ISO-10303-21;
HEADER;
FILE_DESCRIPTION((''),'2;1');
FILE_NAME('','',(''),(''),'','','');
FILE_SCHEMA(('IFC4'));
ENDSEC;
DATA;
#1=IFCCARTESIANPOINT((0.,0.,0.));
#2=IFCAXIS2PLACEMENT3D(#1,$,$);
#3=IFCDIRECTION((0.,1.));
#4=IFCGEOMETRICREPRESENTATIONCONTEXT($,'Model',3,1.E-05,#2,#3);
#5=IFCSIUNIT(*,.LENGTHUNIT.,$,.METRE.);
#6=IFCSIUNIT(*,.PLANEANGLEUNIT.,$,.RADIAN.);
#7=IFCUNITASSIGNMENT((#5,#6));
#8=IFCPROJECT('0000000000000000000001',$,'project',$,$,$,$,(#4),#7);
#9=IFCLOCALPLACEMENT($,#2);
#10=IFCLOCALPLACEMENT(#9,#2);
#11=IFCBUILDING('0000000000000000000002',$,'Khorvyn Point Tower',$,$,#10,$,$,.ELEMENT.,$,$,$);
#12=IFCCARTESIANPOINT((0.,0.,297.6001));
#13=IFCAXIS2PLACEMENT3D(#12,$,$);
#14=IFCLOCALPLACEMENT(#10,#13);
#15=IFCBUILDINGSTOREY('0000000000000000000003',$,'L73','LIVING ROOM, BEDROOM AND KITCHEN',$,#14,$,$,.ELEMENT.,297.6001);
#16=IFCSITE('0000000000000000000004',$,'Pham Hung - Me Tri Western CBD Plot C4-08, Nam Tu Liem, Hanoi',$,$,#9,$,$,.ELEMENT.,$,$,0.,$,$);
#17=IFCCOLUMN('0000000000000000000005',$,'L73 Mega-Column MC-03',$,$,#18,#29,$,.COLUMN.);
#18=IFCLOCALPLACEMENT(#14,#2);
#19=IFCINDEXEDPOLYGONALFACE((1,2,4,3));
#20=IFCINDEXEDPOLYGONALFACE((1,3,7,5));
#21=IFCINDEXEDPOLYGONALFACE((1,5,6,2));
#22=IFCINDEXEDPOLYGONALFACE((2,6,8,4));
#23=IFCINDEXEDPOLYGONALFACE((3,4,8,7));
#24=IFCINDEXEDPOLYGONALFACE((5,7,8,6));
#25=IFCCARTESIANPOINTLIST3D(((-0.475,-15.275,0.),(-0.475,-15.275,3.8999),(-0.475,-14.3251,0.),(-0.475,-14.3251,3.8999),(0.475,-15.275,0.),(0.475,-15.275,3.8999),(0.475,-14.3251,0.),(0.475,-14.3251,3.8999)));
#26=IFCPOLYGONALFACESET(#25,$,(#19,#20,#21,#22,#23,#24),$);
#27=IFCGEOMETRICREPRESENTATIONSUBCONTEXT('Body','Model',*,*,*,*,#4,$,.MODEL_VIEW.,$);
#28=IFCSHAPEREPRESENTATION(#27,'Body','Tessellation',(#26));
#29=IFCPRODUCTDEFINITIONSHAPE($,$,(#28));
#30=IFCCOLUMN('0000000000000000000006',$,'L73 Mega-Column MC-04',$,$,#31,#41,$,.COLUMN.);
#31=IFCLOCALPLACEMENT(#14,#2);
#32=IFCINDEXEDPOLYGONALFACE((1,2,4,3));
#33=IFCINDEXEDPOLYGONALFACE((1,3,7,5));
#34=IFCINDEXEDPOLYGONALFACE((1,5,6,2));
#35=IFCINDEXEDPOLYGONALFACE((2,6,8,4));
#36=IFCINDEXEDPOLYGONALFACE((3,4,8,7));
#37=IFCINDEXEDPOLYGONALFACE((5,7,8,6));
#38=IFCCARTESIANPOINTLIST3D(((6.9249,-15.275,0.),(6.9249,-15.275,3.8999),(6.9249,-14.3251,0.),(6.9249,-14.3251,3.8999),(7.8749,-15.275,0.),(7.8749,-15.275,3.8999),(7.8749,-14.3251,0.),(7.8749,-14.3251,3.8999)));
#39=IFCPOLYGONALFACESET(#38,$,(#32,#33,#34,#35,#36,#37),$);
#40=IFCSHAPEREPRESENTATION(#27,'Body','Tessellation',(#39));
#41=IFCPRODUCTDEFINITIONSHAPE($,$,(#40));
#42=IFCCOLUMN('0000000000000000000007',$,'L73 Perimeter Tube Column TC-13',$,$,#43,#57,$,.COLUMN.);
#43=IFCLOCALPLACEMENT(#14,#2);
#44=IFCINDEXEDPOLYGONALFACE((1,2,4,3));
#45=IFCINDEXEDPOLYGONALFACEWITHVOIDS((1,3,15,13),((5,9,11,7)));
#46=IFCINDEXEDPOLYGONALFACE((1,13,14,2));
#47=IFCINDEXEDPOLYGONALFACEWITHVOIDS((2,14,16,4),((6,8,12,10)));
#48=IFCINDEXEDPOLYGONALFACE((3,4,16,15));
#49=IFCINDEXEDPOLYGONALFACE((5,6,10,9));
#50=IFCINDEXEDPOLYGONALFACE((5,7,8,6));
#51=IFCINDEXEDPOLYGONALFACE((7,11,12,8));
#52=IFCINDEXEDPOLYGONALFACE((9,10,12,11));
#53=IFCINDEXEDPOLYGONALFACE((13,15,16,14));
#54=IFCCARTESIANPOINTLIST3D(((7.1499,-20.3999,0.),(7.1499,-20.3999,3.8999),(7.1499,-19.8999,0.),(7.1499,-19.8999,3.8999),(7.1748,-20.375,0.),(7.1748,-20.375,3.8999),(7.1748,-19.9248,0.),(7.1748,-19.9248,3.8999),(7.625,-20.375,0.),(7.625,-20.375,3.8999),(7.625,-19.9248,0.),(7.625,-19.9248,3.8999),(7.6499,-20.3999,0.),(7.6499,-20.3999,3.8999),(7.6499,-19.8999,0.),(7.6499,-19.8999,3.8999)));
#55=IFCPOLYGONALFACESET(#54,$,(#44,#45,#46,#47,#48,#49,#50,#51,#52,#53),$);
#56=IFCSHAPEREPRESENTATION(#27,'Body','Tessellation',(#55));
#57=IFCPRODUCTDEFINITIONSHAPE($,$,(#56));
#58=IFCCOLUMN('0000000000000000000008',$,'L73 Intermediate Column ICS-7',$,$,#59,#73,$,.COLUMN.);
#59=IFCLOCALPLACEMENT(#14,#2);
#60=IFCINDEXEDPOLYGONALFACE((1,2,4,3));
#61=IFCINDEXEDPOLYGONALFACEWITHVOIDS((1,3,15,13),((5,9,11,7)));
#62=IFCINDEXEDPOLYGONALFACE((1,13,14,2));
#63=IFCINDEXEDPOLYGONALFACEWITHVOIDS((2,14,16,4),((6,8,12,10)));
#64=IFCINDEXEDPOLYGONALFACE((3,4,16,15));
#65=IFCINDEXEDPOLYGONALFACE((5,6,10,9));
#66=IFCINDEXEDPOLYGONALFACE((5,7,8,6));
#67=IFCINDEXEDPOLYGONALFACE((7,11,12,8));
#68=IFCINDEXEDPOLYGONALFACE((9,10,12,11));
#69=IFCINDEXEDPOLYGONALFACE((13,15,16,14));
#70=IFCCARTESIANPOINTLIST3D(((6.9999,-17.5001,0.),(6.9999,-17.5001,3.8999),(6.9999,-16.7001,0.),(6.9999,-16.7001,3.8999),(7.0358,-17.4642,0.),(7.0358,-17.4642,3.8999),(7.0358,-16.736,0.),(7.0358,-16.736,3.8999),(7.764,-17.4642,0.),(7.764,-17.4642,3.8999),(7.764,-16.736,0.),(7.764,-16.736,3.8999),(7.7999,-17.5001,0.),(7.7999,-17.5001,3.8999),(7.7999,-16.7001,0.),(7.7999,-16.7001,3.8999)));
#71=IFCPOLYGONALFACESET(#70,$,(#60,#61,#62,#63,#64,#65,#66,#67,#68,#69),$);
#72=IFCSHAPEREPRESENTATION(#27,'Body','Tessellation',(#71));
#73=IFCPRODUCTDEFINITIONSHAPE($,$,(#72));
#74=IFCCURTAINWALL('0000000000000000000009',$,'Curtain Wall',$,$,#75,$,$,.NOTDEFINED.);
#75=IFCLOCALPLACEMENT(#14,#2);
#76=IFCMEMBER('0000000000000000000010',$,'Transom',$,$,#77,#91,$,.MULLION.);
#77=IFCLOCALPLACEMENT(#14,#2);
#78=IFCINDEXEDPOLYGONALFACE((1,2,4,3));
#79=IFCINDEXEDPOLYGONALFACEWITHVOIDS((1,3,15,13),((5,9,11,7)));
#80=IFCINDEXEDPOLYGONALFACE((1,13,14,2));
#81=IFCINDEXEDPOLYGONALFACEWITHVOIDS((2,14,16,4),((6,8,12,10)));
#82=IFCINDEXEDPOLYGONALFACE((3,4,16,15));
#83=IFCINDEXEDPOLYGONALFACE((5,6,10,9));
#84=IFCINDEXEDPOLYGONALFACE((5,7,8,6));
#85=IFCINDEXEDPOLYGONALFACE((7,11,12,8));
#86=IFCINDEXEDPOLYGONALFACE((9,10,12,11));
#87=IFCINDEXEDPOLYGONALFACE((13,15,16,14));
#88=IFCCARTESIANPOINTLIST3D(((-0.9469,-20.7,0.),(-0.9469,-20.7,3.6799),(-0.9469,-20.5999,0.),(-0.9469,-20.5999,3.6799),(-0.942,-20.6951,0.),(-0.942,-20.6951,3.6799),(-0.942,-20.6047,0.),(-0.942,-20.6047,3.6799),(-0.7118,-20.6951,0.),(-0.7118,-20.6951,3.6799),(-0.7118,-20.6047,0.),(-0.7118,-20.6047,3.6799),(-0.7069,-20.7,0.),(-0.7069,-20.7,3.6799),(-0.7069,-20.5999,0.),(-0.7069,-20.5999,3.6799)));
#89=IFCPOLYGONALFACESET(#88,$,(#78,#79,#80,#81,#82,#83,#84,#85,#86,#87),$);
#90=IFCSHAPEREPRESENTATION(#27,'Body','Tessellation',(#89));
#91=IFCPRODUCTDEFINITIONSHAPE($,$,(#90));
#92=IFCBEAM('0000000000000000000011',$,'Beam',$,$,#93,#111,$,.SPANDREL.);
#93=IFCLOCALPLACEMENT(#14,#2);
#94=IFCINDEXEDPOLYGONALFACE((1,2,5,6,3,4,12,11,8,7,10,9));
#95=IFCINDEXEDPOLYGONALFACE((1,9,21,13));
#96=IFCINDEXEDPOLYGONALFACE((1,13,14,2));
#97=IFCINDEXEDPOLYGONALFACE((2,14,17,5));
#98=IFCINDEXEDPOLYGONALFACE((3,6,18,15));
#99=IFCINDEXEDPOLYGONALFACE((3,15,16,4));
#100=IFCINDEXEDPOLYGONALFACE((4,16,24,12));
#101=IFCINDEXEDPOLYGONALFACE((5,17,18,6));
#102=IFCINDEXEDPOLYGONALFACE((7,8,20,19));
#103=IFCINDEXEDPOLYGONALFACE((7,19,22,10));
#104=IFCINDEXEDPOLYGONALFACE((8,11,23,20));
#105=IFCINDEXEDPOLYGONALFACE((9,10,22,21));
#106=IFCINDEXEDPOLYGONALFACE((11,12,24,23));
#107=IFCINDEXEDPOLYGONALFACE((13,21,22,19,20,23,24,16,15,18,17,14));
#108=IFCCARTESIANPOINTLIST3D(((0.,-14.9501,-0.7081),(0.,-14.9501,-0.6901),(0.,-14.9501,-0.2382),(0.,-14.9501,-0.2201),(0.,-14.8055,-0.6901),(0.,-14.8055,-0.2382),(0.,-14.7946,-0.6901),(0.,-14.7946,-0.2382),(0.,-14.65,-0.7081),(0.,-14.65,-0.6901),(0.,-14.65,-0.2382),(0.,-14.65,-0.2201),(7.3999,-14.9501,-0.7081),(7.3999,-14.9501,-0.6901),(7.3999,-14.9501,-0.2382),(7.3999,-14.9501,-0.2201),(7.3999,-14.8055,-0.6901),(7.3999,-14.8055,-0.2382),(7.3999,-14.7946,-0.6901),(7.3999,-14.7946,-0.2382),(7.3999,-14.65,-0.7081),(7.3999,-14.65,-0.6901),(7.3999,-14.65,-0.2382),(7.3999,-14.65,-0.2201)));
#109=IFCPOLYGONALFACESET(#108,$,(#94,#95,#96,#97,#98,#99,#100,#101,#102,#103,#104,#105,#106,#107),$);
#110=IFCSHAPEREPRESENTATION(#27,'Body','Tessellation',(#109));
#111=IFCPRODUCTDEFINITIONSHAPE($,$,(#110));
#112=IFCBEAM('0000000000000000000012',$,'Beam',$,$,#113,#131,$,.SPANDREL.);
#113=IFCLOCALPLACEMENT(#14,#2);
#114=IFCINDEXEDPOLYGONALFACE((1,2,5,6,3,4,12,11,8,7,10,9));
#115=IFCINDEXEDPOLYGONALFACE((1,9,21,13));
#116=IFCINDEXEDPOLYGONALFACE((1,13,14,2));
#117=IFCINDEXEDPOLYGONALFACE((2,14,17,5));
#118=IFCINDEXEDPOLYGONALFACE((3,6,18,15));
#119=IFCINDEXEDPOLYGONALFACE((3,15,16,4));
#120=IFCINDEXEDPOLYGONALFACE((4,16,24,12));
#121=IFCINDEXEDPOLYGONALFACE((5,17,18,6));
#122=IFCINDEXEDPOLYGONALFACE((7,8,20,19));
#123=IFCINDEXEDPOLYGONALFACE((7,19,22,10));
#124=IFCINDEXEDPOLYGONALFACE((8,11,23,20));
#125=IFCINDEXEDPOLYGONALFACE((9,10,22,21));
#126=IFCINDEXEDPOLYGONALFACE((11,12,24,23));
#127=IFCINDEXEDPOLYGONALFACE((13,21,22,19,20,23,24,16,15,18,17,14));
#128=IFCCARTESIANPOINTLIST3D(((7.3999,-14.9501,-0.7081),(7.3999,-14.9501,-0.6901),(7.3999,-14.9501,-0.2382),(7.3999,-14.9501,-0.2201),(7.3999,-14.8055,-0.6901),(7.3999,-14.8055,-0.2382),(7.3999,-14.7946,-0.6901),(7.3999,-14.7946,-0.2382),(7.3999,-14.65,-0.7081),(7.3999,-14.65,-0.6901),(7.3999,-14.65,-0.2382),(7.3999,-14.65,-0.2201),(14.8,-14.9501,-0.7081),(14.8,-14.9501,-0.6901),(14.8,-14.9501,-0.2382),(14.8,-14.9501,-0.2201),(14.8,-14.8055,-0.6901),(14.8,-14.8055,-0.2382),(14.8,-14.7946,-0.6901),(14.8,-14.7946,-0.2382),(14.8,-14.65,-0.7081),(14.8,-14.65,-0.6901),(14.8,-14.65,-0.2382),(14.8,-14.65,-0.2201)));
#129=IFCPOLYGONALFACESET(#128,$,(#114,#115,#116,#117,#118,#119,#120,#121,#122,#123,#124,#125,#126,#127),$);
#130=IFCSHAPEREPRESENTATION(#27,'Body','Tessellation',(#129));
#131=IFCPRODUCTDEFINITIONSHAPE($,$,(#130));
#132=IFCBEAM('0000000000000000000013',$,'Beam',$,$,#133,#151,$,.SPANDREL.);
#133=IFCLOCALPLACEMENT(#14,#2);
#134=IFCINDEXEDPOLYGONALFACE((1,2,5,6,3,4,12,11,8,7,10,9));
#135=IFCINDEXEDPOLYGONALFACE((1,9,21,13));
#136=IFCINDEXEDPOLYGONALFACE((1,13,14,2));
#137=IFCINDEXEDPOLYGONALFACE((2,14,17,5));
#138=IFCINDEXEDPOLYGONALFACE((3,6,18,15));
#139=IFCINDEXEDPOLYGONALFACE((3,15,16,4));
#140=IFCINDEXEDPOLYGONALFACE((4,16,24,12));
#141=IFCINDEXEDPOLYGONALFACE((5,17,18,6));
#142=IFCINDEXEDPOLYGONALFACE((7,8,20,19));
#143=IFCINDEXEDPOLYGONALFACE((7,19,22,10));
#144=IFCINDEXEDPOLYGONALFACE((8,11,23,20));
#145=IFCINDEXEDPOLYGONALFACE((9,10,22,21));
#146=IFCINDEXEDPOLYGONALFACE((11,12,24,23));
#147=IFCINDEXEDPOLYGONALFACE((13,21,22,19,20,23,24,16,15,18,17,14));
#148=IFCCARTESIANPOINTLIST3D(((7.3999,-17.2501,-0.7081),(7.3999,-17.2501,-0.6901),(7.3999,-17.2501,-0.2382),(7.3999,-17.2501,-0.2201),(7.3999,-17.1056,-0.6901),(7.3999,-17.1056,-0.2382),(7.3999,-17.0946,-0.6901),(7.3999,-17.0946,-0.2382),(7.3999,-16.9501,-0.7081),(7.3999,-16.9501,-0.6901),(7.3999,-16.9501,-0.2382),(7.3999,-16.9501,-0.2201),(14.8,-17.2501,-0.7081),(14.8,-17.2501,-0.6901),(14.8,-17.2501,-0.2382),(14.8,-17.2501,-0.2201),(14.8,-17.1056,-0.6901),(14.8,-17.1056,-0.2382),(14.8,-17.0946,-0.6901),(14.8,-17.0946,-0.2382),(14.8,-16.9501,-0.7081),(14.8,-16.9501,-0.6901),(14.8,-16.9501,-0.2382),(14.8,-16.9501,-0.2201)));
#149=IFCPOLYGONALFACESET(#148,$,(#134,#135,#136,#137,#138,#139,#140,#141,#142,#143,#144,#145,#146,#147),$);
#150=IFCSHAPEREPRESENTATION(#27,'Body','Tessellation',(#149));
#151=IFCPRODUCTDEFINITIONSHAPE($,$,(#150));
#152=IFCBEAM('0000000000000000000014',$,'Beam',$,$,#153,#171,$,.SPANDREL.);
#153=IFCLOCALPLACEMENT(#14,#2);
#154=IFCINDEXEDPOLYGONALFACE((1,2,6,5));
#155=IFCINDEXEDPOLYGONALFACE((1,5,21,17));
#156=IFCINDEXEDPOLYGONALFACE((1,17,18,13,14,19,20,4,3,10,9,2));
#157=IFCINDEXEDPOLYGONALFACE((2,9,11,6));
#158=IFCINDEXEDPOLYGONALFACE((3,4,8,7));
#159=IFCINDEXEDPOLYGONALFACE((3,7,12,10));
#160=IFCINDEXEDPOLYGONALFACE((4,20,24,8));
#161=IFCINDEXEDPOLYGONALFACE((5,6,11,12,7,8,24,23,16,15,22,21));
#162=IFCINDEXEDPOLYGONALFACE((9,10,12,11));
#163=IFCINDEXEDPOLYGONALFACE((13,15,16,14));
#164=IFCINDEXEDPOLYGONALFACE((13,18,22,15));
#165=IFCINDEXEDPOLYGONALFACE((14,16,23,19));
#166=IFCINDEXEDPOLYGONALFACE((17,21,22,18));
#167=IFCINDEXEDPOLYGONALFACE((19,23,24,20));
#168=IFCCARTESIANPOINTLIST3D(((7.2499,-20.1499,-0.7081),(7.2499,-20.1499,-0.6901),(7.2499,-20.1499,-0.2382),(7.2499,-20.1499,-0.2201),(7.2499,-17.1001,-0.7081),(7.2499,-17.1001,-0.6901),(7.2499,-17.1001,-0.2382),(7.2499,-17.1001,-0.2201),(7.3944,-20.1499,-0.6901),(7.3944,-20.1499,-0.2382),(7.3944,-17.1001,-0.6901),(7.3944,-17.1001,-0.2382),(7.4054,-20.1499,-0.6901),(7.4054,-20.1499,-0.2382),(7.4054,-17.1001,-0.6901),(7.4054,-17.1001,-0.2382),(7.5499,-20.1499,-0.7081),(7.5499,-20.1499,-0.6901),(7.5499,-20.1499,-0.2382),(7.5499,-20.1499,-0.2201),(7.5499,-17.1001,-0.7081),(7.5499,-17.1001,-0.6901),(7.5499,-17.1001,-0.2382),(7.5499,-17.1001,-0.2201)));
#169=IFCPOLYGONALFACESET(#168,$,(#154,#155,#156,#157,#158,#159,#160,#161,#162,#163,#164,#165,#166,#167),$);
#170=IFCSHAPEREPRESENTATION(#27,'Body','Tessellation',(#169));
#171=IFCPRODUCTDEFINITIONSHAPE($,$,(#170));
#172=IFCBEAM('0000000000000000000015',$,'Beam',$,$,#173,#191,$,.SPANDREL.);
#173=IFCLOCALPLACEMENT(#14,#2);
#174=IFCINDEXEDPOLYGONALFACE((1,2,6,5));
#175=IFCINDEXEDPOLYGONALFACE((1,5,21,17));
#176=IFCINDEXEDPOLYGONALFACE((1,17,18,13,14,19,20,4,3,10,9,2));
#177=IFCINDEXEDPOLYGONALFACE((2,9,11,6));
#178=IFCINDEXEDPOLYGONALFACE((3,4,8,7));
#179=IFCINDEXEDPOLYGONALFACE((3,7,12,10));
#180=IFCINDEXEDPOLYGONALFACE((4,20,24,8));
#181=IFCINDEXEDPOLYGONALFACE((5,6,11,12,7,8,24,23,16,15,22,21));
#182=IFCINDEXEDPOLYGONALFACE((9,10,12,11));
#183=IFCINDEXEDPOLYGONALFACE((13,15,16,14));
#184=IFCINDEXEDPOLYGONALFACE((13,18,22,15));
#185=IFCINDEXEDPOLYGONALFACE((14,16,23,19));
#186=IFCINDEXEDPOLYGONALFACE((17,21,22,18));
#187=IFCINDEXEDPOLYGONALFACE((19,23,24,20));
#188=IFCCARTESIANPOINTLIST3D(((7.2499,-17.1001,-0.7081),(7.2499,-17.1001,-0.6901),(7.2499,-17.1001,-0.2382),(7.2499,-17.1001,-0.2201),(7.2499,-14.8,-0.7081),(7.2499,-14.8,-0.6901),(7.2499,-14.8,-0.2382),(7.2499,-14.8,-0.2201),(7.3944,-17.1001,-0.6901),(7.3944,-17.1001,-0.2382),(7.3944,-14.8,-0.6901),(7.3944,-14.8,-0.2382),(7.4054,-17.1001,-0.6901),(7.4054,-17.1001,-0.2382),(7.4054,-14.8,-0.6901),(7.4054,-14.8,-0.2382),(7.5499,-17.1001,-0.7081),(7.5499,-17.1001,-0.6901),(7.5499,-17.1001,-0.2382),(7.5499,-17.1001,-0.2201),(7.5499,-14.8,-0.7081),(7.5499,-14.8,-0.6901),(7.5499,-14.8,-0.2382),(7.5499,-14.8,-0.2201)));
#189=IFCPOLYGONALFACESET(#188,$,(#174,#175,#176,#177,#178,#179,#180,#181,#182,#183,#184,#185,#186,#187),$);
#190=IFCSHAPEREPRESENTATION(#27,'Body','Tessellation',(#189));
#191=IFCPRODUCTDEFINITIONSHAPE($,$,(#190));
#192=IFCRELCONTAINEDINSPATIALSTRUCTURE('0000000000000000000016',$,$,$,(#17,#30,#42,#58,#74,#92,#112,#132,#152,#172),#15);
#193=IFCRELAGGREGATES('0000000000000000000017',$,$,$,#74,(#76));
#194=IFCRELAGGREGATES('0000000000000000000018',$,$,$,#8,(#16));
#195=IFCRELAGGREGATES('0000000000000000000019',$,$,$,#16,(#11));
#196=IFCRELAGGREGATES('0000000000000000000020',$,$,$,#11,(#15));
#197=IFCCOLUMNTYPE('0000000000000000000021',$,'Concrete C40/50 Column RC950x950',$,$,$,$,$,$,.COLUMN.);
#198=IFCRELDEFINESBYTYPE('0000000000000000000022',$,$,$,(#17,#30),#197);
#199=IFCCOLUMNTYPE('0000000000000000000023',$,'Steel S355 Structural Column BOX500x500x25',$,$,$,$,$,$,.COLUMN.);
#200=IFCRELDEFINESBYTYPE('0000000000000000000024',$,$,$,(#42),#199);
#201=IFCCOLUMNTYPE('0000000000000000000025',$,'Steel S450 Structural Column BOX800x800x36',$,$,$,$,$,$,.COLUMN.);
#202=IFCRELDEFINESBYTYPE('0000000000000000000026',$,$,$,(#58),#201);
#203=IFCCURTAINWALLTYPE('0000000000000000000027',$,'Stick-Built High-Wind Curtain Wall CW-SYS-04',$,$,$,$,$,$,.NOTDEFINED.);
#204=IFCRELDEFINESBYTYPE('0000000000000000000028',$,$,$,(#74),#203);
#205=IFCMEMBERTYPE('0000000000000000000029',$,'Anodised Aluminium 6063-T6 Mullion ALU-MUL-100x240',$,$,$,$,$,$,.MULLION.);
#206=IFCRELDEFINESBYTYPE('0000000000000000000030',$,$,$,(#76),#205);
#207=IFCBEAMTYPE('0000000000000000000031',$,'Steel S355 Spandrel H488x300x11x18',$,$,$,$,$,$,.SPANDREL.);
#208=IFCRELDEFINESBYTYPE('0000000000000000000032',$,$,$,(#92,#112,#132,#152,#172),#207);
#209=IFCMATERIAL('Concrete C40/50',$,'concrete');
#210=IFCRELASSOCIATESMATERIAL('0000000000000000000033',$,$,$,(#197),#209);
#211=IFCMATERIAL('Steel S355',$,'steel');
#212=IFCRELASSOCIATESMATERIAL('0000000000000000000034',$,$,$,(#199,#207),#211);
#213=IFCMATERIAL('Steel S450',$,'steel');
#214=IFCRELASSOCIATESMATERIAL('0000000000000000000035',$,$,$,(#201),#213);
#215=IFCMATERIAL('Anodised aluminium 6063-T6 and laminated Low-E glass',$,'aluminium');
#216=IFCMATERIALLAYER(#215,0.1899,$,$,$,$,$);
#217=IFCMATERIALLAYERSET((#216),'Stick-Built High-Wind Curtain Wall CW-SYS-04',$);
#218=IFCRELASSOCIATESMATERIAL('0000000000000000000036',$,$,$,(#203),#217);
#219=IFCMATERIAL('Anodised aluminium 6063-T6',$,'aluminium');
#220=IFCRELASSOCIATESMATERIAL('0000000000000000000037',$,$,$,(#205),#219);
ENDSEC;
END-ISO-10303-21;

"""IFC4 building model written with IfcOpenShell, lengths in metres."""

from ifc_helpers import new_model, si_unit, direction, frame, origin, origin_2d, place, context, subcontext, project, spatial, rectangle, hollow_rectangle, i_section, extrude, material, layer, layer_set, material_profile, profile_set, type_object, element, aggregate, save


model = new_model("IFC4")

# Units and contexts
model_context = context("Model", 3, precision=1e-05, world=origin(), true_north=direction((0.0, 1.0)))
body_context = subcontext(model_context, "Body", "Model", "MODEL_VIEW")
ifc_project = project(units=[si_unit("LENGTHUNIT", "METRE"), si_unit("PLANEANGLEUNIT", "RADIAN")], contexts=[model_context])

# Site, building, storey
site_placement = place(None, origin())
site = spatial("IfcSite", under=ifc_project, at=site_placement, Name="Pham Hung - Me Tri Western CBD Plot C4-08, Nam Tu Liem, Hanoi", CompositionType="ELEMENT", RefElevation=0.0)
building_placement = place(site_placement, origin())
building = spatial("IfcBuilding", under=site, at=building_placement, Name="Khorvyn Point Tower", CompositionType="ELEMENT")
storey_placement = place(building_placement, frame((0.0, 0.0, 297.6001)))
storey = spatial("IfcBuildingStorey", under=building, at=storey_placement, Name="L73", Description="LIVING ROOM, BEDROOM AND KITCHEN", CompositionType="ELEMENT", Elevation=297.6001)

# Columns
ifc_material_1 = material(Name="Concrete C40/50", Category="concrete")
ifc_material_profile_1 = material_profile(ifc_material_1, rectangle(XDim=0.95, YDim=0.95, at=origin_2d()))
ifc_profile_set_1 = profile_set([ifc_material_profile_1], Name="Concrete C40/50 RC950x950")
column_type_1 = type_object("IfcColumnType", Name="Concrete C40/50 Column RC950x950", PredefinedType="COLUMN", material=ifc_profile_set_1)
for number, where, z_axis, x_axis, name in (
    (1, (0.0, -14.8, 0.0), (0.0, 0.0, 1.0), (1.0, 0.0, 0.0), "L73 Mega-Column MC-03"),
    (2, (7.3999, -14.8, 0.0), (0.0, 0.0, 1.0), (1.0, 0.0, 0.0), "L73 Mega-Column MC-04"),
):
    element("IfcColumn", number, at=place(storey_placement, frame(where, z_axis=z_axis, x_axis=x_axis)), inside=storey, type_object=column_type_1, Name=name, PredefinedType="COLUMN", context=body_context, shape_type="SweptSolid", body=[
        extrude(rectangle(XDim=0.95, YDim=0.95, at=origin_2d()), origin(), (0.0, 0.0, 1.0), 3.8999),
    ])
ifc_material_2 = material(Name="Steel S355", Category="steel")
ifc_material_profile_2 = material_profile(ifc_material_2, hollow_rectangle(XDim=0.5, YDim=0.5, WallThickness=0.0249, at=origin_2d()))
ifc_profile_set_2 = profile_set([ifc_material_profile_2], Name="Steel S355 BOX500x500x25")
column_type_2 = type_object("IfcColumnType", Name="Steel S355 Structural Column BOX500x500x25", PredefinedType="COLUMN", material=ifc_profile_set_2)
column_1_placement = place(storey_placement, frame((7.3999, -20.1499, 0.0), z_axis=(0.0, 0.0, 1.0), x_axis=(1.0, 0.0, 0.0)))
element("IfcColumn", 3, at=column_1_placement, inside=storey, type_object=column_type_2, Name="L73 Perimeter Tube Column TC-13", PredefinedType="COLUMN", context=body_context, shape_type="SweptSolid", body=[
    extrude(hollow_rectangle(XDim=0.5, YDim=0.5, WallThickness=0.0249, at=origin_2d()), origin(), (0.0, 0.0, 1.0), 3.8999),
])
ifc_material_3 = material(Name="Steel S450", Category="steel")
ifc_material_profile_3 = material_profile(ifc_material_3, hollow_rectangle(XDim=0.8, YDim=0.8, WallThickness=0.0359, at=origin_2d()))
ifc_profile_set_3 = profile_set([ifc_material_profile_3], Name="Steel S450 BOX800x800x36")
column_type_3 = type_object("IfcColumnType", Name="Steel S450 Structural Column BOX800x800x36", PredefinedType="COLUMN", material=ifc_profile_set_3)
column_2_placement = place(storey_placement, frame((7.3999, -17.1001, 0.0), z_axis=(0.0, 0.0, 1.0), x_axis=(1.0, 0.0, 0.0)))
element("IfcColumn", 4, at=column_2_placement, inside=storey, type_object=column_type_3, Name="L73 Intermediate Column ICS-7", PredefinedType="COLUMN", context=body_context, shape_type="SweptSolid", body=[
    extrude(hollow_rectangle(XDim=0.8, YDim=0.8, WallThickness=0.0359, at=origin_2d()), origin(), (0.0, 0.0, 1.0), 3.8999),
])

# Curtain wall, member
ifc_material_4 = material(Name="Anodised aluminium 6063-T6 and laminated Low-E glass", Category="aluminium")
ifc_layer_1 = layer(ifc_material_4, 0.1899)
ifc_layer_set_1 = layer_set([ifc_layer_1], Name="Stick-Built High-Wind Curtain Wall CW-SYS-04")
curtain_wall_type = type_object("IfcCurtainWallType", Name="Stick-Built High-Wind Curtain Wall CW-SYS-04", PredefinedType="NOTDEFINED", material=ifc_layer_set_1)
curtain_wall_placement = place(storey_placement, origin())
curtain_wall = element("IfcCurtainWall", 5, at=curtain_wall_placement, inside=storey, type_object=curtain_wall_type, Name="Curtain Wall", PredefinedType="NOTDEFINED")
ifc_material_5 = material(Name="Anodised aluminium 6063-T6", Category="aluminium")
ifc_material_profile_4 = material_profile(ifc_material_5, hollow_rectangle(XDim=0.1001, YDim=0.24, WallThickness=0.0049, at=origin_2d()))
ifc_profile_set_4 = profile_set([ifc_material_profile_4], Name="Anodised aluminium 6063-T6 ALU-MUL-100x240")
member_type = type_object("IfcMemberType", Name="Anodised Aluminium 6063-T6 Mullion ALU-MUL-100x240", PredefinedType="MULLION", material=ifc_profile_set_4)
member_placement = place(storey_placement, frame((-0.8269, -20.6499, 0.0), z_axis=(0.0, 0.0, 1.0), x_axis=(0.0, -1.0, 0.0)))
member = element("IfcMember", 6, at=member_placement, type_object=member_type, Name="Transom", PredefinedType="MULLION", context=body_context, shape_type="SweptSolid", body=[
    extrude(hollow_rectangle(XDim=0.1001, YDim=0.24, WallThickness=0.0049, at=origin_2d()), origin(), (0.0, 0.0, 1.0), 3.6799),
])

# Beams
ifc_material_profile_5 = material_profile(ifc_material_2, i_section(OverallWidth=0.3, OverallDepth=0.488, WebThickness=0.011, FlangeThickness=0.0181, at=origin_2d()))
ifc_profile_set_5 = profile_set([ifc_material_profile_5], Name="Steel S355 H488x300x11x18")
beam_type_1 = type_object("IfcBeamType", Name="Steel S355 Spandrel H488x300x11x18", PredefinedType="SPANDREL", material=ifc_profile_set_5)
beam_1_placement = place(storey_placement, frame((0.0, -14.8, -0.4641), z_axis=(1.0, 0.0, 0.0), x_axis=(0.0, 1.0, 0.0)))
element("IfcBeam", 7, at=beam_1_placement, inside=storey, type_object=beam_type_1, Name="Beam", PredefinedType="SPANDREL", context=body_context, shape_type="SweptSolid", body=[
    extrude(i_section(OverallWidth=0.3, OverallDepth=0.488, WebThickness=0.011, FlangeThickness=0.0181, at=origin_2d()), origin(), (0.0, 0.0, 1.0), 7.3999),
])
for number, where, z_axis, x_axis, name in (
    (8, (7.3999, -14.8, -0.4641), (1.0, 0.0, 0.0), (0.0, 1.0, 0.0), "Beam"),
    (9, (7.3999, -17.1001, -0.4641), (1.0, 0.0, 0.0), (0.0, 1.0, 0.0), "Beam"),
):
    element("IfcBeam", number, at=place(storey_placement, frame(where, z_axis=z_axis, x_axis=x_axis)), inside=storey, type_object=beam_type_1, Name=name, PredefinedType="SPANDREL", context=body_context, shape_type="SweptSolid", body=[
        extrude(i_section(OverallWidth=0.3, OverallDepth=0.488, WebThickness=0.011, FlangeThickness=0.0181, at=origin_2d()), origin(), (0.0, 0.0, 1.0), 7.4001),
    ])
beam_2_placement = place(storey_placement, frame((7.3999, -20.1499, -0.4641), z_axis=(0.0, 1.0, 0.0), x_axis=(-1.0, 0.0, 0.0)))
element("IfcBeam", 10, at=beam_2_placement, inside=storey, type_object=beam_type_1, Name="Beam", PredefinedType="SPANDREL", context=body_context, shape_type="SweptSolid", body=[
    extrude(i_section(OverallWidth=0.3, OverallDepth=0.488, WebThickness=0.011, FlangeThickness=0.0181, at=origin_2d()), origin(), (0.0, 0.0, 1.0), 3.0498),
])
beam_3_placement = place(storey_placement, frame((7.3999, -17.1001, -0.4641), z_axis=(0.0, 1.0, 0.0), x_axis=(-1.0, 0.0, 0.0)))
element("IfcBeam", 11, at=beam_3_placement, inside=storey, type_object=beam_type_1, Name="Beam", PredefinedType="SPANDREL", context=body_context, shape_type="SweptSolid", body=[
    extrude(i_section(OverallWidth=0.3, OverallDepth=0.488, WebThickness=0.011, FlangeThickness=0.0181, at=origin_2d()), origin(), (0.0, 0.0, 1.0), 2.3),
])

aggregate(curtain_wall, [member])

save(model, "model.ifc")
